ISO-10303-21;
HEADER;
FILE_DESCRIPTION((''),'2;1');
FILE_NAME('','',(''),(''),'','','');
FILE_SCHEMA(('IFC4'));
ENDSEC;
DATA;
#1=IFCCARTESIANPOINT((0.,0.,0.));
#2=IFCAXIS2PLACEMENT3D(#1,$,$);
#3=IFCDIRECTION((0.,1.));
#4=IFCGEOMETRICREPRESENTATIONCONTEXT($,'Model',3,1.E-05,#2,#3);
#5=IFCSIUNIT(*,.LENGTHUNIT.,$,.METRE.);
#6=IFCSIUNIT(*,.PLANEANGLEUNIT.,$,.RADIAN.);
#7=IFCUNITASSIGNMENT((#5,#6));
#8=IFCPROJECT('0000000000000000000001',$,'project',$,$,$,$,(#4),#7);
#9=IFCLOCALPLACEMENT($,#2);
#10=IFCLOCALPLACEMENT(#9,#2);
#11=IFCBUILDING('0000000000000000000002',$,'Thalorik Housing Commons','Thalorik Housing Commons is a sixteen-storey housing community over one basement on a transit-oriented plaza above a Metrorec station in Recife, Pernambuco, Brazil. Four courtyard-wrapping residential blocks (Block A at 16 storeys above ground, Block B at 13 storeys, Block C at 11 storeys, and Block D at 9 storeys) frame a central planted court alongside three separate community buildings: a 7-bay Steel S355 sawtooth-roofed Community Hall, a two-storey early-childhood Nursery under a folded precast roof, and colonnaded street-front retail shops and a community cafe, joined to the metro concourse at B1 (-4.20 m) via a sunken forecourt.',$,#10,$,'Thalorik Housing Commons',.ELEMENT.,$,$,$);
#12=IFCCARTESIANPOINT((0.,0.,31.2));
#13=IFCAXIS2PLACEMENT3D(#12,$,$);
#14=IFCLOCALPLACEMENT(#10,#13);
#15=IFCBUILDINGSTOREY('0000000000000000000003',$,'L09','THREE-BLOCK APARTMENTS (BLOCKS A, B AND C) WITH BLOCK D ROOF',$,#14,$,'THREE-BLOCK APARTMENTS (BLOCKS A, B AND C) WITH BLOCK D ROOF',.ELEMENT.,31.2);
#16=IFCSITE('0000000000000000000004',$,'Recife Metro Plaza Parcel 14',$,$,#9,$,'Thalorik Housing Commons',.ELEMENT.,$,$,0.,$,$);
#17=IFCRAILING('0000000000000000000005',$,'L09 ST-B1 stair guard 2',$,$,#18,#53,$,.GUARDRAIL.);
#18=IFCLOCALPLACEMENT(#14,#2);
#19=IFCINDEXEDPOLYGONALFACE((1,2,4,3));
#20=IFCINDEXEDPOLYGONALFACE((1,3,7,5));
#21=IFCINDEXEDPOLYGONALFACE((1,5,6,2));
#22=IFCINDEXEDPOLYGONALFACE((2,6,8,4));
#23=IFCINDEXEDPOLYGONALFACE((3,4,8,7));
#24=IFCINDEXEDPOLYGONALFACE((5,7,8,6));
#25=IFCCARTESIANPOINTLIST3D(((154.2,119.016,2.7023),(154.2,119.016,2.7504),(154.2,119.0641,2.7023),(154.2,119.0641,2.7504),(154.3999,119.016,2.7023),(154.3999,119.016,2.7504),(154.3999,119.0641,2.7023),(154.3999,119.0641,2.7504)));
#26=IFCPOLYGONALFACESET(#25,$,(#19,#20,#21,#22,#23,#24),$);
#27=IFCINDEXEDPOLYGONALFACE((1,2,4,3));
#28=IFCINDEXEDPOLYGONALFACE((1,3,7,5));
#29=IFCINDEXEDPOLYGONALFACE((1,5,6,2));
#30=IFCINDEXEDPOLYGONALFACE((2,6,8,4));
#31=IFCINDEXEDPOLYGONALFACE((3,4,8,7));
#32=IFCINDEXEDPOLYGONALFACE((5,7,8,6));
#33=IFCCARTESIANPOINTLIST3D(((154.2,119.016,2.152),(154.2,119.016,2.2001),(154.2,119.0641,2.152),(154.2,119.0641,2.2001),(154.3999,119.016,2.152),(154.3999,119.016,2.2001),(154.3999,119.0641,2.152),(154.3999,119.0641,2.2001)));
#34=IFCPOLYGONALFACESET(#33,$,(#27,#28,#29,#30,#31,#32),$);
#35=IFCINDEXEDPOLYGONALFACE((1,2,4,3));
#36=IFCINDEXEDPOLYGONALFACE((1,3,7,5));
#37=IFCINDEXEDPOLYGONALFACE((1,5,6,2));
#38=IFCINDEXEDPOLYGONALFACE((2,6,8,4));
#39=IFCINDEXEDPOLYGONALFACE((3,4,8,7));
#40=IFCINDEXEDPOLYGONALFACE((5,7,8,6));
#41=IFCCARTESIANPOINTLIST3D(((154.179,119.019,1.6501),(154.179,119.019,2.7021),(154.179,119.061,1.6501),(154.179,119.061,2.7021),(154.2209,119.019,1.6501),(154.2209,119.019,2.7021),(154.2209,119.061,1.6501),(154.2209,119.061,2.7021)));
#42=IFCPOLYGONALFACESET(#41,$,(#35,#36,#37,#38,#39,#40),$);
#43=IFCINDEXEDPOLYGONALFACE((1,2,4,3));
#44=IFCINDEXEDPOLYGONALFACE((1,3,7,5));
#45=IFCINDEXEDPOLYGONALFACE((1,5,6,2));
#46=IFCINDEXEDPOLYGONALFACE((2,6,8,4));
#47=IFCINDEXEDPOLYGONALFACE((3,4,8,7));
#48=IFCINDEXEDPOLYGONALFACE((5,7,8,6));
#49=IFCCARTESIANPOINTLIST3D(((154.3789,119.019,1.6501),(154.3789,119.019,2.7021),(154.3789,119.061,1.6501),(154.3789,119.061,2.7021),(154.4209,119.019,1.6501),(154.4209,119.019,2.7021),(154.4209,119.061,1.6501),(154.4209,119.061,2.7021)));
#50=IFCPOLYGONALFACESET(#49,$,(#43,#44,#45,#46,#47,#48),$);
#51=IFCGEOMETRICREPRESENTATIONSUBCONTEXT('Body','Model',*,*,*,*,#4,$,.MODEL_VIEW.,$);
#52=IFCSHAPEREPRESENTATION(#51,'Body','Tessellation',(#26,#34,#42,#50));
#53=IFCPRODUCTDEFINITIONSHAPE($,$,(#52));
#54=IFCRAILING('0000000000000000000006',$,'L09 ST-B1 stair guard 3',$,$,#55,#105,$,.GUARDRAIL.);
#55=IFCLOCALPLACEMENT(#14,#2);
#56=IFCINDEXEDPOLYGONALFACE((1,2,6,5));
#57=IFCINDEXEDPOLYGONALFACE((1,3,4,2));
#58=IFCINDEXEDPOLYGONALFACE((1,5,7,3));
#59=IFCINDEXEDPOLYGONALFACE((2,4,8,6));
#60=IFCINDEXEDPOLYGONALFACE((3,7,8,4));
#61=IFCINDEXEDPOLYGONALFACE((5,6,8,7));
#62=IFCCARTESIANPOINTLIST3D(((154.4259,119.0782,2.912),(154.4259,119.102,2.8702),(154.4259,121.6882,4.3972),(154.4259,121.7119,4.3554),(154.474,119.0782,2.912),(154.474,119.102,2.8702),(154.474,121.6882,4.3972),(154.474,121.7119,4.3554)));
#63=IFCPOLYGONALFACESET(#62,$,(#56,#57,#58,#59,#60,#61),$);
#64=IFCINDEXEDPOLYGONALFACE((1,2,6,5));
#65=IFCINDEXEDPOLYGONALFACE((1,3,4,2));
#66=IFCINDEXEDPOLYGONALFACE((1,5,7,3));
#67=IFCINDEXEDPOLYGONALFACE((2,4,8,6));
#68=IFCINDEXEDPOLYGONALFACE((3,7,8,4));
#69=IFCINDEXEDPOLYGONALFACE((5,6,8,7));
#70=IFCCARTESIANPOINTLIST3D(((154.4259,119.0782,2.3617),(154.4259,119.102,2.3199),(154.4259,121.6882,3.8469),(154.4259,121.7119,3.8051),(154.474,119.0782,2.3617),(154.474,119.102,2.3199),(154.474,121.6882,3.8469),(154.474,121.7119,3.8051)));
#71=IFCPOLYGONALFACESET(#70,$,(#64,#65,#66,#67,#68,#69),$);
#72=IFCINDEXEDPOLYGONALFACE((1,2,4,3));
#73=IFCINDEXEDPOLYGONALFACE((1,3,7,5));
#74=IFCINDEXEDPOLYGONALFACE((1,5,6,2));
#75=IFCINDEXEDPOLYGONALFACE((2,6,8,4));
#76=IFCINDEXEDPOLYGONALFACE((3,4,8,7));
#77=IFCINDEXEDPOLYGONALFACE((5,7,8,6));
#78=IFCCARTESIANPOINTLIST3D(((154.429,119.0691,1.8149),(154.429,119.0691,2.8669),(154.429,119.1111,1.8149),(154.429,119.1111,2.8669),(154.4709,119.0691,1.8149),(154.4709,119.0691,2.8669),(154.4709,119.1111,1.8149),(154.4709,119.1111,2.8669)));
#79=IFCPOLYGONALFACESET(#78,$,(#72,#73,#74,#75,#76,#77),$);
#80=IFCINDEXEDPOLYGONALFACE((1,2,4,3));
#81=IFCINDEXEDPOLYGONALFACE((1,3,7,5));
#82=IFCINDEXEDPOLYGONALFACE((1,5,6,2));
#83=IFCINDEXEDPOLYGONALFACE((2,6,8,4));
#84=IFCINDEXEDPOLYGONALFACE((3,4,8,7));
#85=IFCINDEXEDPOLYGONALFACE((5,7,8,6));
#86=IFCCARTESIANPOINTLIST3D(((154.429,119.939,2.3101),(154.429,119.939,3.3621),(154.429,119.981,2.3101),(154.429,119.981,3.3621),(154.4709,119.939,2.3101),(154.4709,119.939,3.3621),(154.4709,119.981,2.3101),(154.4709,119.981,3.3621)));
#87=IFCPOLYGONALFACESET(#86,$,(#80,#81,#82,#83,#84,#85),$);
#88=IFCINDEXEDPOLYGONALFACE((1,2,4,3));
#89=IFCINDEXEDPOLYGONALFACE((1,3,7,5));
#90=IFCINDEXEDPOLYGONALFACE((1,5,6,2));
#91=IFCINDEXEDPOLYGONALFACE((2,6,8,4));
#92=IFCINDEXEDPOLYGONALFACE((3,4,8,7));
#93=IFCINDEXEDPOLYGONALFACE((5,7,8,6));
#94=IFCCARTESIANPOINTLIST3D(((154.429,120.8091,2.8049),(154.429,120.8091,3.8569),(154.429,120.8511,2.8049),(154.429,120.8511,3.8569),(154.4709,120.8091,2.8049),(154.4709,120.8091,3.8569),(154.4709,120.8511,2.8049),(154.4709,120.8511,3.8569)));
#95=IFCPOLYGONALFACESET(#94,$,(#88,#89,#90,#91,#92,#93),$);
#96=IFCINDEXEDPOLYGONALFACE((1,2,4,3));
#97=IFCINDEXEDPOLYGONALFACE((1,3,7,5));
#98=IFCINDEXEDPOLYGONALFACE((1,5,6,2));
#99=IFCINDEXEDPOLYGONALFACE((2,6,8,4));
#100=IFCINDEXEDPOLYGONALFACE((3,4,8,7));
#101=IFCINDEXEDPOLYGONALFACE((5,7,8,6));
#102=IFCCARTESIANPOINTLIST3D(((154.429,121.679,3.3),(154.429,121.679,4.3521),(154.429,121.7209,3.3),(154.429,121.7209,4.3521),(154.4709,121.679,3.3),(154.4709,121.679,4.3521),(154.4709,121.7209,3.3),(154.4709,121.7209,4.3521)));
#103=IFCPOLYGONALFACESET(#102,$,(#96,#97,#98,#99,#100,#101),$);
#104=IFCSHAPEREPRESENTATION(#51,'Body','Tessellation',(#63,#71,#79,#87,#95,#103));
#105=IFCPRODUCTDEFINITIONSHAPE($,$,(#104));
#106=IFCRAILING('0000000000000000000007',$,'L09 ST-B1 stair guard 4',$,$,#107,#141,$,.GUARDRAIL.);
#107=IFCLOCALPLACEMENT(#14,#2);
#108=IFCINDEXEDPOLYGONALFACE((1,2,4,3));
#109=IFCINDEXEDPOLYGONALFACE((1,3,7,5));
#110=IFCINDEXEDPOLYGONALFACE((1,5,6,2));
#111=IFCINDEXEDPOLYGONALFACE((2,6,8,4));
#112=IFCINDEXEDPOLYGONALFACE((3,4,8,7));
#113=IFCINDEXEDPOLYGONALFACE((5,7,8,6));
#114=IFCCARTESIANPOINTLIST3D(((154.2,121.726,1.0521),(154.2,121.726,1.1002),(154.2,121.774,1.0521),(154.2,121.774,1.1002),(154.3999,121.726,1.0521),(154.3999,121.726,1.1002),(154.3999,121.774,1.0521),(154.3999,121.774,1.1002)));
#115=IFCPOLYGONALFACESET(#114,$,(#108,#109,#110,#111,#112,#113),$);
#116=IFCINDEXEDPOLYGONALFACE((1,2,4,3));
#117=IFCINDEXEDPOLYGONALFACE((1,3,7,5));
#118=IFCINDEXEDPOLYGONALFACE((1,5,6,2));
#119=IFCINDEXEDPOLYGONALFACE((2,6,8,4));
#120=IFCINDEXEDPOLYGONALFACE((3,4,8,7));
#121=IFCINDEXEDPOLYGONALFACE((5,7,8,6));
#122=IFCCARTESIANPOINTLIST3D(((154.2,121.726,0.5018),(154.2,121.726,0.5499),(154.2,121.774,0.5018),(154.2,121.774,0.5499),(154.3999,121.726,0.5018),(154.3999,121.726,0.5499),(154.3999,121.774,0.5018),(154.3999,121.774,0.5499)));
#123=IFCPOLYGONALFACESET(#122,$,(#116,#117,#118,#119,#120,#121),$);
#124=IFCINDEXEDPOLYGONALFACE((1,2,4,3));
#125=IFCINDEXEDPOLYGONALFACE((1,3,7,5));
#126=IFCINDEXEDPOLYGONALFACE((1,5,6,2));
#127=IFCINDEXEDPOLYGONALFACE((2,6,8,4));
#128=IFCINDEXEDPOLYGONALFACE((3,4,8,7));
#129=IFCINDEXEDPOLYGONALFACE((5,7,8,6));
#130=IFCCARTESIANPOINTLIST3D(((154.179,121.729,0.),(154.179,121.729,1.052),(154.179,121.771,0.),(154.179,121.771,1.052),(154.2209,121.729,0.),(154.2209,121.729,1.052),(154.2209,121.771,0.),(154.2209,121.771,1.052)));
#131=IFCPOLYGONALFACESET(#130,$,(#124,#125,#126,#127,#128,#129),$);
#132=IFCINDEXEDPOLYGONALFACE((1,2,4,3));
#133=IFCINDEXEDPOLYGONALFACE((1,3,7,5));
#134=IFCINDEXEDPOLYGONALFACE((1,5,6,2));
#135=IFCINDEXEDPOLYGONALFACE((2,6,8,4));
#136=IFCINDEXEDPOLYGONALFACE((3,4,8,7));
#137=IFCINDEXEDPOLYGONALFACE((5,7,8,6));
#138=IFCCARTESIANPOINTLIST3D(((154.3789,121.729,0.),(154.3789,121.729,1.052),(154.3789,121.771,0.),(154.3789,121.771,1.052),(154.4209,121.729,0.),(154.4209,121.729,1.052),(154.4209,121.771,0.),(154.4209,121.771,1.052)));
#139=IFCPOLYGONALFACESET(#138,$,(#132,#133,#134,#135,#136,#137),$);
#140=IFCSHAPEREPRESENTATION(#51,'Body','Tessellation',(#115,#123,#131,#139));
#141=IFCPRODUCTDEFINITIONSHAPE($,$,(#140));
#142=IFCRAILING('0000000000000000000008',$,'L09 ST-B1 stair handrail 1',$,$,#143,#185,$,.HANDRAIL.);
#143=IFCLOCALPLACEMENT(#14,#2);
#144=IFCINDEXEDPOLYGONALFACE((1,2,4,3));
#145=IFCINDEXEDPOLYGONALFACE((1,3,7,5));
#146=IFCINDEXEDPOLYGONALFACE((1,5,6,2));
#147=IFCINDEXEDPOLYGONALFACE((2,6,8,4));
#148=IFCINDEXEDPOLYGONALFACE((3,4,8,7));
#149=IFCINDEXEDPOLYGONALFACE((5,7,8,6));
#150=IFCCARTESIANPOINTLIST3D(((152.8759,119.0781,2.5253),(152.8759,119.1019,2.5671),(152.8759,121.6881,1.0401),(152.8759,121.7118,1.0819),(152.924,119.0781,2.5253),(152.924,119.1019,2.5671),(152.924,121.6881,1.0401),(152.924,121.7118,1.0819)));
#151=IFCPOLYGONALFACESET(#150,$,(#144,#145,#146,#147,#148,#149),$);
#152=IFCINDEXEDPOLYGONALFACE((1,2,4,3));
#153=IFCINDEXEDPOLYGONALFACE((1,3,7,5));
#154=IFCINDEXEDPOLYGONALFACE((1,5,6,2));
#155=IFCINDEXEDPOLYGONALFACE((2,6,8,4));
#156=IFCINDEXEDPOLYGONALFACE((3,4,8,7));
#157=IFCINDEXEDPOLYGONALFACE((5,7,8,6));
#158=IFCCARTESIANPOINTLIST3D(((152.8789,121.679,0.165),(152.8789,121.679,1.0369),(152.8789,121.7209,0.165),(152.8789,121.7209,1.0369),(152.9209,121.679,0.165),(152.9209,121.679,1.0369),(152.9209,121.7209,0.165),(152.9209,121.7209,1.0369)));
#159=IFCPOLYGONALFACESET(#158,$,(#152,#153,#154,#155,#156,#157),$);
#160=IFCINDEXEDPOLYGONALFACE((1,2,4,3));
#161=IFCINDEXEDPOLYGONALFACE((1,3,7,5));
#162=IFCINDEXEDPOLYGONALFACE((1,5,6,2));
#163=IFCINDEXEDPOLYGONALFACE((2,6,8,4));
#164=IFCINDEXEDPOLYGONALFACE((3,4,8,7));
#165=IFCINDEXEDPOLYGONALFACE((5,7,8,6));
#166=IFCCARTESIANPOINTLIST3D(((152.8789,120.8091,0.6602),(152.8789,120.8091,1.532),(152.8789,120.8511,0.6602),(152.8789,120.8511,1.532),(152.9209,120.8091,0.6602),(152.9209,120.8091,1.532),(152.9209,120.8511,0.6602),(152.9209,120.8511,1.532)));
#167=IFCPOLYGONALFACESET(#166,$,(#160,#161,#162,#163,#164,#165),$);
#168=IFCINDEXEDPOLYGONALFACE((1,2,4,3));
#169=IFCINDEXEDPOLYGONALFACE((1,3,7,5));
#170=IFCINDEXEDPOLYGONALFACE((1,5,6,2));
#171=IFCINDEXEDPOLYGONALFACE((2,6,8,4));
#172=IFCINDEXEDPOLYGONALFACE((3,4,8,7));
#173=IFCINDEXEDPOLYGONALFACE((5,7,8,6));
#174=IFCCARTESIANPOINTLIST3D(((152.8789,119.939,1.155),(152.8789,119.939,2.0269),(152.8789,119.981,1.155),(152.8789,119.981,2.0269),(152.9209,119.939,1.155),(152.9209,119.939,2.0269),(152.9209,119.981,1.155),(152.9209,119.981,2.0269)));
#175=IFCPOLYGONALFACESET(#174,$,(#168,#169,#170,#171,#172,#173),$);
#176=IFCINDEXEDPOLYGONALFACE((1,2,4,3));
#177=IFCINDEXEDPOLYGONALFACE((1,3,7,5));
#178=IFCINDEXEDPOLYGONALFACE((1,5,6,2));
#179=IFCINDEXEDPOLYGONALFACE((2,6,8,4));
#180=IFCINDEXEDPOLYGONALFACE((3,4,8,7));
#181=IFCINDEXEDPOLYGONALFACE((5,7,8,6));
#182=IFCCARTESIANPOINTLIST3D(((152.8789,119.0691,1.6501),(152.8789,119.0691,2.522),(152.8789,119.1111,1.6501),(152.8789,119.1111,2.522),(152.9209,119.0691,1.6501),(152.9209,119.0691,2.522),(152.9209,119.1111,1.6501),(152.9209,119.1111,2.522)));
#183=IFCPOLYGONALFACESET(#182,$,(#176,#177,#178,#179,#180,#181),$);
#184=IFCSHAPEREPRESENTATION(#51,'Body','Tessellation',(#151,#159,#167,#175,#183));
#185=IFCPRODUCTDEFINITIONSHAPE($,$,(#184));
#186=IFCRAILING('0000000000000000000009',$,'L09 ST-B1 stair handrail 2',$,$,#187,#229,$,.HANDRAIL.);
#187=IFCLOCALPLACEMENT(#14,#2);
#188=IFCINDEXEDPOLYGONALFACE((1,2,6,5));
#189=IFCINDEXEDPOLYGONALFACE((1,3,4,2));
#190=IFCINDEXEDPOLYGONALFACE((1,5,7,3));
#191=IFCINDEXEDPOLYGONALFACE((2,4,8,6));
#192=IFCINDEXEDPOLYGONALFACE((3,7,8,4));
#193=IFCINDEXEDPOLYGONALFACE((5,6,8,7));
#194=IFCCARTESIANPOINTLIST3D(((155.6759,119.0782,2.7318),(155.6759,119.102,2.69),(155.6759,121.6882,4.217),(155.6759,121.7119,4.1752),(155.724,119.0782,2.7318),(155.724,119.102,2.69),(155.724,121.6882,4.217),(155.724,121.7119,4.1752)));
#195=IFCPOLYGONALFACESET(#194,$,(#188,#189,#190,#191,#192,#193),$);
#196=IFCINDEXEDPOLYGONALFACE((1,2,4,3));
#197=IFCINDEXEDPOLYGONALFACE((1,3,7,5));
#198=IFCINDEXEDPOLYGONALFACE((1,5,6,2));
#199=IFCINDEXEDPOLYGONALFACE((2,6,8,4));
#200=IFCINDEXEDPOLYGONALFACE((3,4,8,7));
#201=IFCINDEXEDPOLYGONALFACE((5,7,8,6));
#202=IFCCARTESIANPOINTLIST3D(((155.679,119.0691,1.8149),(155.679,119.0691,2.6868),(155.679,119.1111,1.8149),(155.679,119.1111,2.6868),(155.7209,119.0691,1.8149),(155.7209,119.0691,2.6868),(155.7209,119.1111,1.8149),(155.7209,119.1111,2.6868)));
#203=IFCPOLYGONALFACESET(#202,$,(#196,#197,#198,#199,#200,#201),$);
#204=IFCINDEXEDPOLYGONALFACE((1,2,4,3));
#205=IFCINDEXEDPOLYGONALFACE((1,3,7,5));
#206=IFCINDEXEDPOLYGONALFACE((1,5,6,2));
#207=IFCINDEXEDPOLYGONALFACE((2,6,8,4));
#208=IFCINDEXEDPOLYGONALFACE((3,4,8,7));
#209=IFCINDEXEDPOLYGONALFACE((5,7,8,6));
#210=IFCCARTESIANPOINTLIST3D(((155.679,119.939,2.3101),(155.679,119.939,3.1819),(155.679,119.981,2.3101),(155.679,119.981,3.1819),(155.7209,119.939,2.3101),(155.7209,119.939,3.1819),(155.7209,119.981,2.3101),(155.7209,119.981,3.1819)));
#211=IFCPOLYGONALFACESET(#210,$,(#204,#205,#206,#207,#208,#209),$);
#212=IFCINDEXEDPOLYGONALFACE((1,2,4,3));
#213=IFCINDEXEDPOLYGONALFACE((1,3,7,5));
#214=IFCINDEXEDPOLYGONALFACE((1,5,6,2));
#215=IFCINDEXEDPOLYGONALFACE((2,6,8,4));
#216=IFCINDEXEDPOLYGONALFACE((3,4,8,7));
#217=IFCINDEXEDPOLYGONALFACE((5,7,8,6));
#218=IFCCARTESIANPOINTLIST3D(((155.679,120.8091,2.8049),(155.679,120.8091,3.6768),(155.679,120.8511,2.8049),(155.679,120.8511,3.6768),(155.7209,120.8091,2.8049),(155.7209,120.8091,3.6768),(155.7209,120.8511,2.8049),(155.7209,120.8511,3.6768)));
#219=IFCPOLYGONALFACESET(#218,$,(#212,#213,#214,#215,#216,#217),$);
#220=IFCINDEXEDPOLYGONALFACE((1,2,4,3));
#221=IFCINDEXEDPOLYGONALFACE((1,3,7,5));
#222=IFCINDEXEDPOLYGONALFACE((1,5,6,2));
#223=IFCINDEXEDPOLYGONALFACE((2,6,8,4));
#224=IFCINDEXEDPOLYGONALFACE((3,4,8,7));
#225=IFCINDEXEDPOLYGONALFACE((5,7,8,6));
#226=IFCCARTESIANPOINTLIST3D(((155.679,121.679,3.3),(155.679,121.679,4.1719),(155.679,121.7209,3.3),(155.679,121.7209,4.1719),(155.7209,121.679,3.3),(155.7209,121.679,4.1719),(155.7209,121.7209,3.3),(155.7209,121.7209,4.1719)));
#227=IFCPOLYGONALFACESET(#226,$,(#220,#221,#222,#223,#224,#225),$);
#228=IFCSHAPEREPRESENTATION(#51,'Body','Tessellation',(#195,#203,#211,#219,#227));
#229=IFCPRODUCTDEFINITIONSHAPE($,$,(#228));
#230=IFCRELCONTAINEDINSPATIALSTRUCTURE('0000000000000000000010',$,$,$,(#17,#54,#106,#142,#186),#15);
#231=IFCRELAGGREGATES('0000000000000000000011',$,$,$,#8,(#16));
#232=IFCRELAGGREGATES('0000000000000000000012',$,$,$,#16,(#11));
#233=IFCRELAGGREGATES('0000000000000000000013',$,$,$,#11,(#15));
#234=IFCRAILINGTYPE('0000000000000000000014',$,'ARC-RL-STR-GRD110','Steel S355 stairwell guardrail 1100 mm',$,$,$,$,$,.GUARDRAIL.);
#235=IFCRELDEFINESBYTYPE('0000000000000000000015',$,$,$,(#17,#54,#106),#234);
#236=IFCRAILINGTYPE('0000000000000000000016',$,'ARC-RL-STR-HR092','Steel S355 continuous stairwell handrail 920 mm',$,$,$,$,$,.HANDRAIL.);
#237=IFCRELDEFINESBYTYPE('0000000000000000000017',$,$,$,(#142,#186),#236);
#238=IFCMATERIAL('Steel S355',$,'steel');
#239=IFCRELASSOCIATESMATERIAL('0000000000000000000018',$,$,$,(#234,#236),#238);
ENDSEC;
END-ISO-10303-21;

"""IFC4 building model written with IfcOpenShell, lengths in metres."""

from ifc_helpers import new_model, si_unit, direction, frame, origin, origin_2d, place, context, subcontext, project, spatial, rectangle, extrude, material, type_object, element, save


model = new_model("IFC4")

# Units and contexts
model_context = context("Model", 3, precision=1e-05, world=origin(), true_north=direction((0.0, 1.0)))
body_context = subcontext(model_context, "Body", "Model", "MODEL_VIEW")
ifc_project = project(units=[si_unit("LENGTHUNIT", "METRE"), si_unit("PLANEANGLEUNIT", "RADIAN")], contexts=[model_context])

# Site, building, storey
site_placement = place(None, origin())
site = spatial("IfcSite", under=ifc_project, at=site_placement, Name="Recife Metro Plaza Parcel 14", LongName="Thalorik Housing Commons", CompositionType="ELEMENT", RefElevation=0.0)
building_placement = place(site_placement, origin())
building = spatial("IfcBuilding", under=site, at=building_placement, Name="Thalorik Housing Commons", Description="Thalorik Housing Commons is a sixteen-storey housing community over one basement on a transit-oriented plaza above a Metrorec station in Recife, Pernambuco, Brazil. Four courtyard-wrapping residential blocks (Block A at 16 storeys above ground, Block B at 13 storeys, Block C at 11 storeys, and Block D at 9 storeys) frame a central planted court alongside three separate community buildings: a 7-bay Steel S355 sawtooth-roofed Community Hall, a two-storey early-childhood Nursery under a folded precast roof, and colonnaded street-front retail shops and a community cafe, joined to the metro concourse at B1 (-4.20 m) via a sunken forecourt.", LongName="Thalorik Housing Commons", CompositionType="ELEMENT")
storey_placement = place(building_placement, frame((0.0, 0.0, 31.2)))
storey = spatial("IfcBuildingStorey", under=building, at=storey_placement, Name="L09", Description="THREE-BLOCK APARTMENTS (BLOCKS A, B AND C) WITH BLOCK D ROOF", LongName="THREE-BLOCK APARTMENTS (BLOCKS A, B AND C) WITH BLOCK D ROOF", CompositionType="ELEMENT", Elevation=31.2)

# Shared definitions
ifc_material_1 = material(Name="Steel S355", Category="steel")

# Railings
railing_type_1 = type_object("IfcRailingType", Name="ARC-RL-STR-GRD110", Description="Steel S355 stairwell guardrail 1100 mm", PredefinedType="GUARDRAIL", material=ifc_material_1)
railing_1_placement = place(storey_placement, frame((154.2, 119.04, 1.6501)))
element("IfcRailing", 1, at=railing_1_placement, inside=storey, type_object=railing_type_1, Name="L09 ST-B1 stair guard 2", PredefinedType="GUARDRAIL", context=body_context, shape_type="SweptSolid", body=[
    extrude(rectangle(XDim=0.0481, YDim=0.0481, at=origin_2d()), frame((0.0, 0.0, 1.0762), z_axis=(1.0, 0.0, 0.0), x_axis=(0.0, 1.0, 0.0)), (0.0, 0.0, 1.0), 0.2),
    extrude(rectangle(XDim=0.0481, YDim=0.0481, at=origin_2d()), frame((0.0, 0.0, 0.5259), z_axis=(1.0, 0.0, 0.0), x_axis=(0.0, 1.0, 0.0)), (0.0, 0.0, 1.0), 0.2),
    extrude(rectangle(XDim=0.042, YDim=0.042, at=origin_2d()), origin(), (0.0, 0.0, 1.0), 1.052),
    extrude(rectangle(XDim=0.042, YDim=0.042, at=origin_2d()), frame((0.2, 0.0, 0.0)), (0.0, 0.0, 1.0), 1.052),
])
railing_2_placement = place(storey_placement, frame((154.45, 119.0901, 1.8149)))
element("IfcRailing", 2, at=railing_2_placement, inside=storey, type_object=railing_type_1, Name="L09 ST-B1 stair guard 3", PredefinedType="GUARDRAIL", context=body_context, shape_type="SweptSolid", body=[
    extrude(rectangle(XDim=0.0481, YDim=0.0481, at=origin_2d()), frame((0.0, 0.0, 1.0762), z_axis=(0.0, 0.869137, 0.494571), x_axis=(-1.0, 0.0, 0.0)), (0.0, 0.0, 1.0), 3.0029),
    extrude(rectangle(XDim=0.0481, YDim=0.0481, at=origin_2d()), frame((0.0, 0.0, 0.5259), z_axis=(0.0, 0.869137, 0.494571), x_axis=(-1.0, 0.0, 0.0)), (0.0, 0.0, 1.0), 3.0029),
    extrude(rectangle(XDim=0.042, YDim=0.042, at=origin_2d()), origin(), (0.0, 0.0, 1.0), 1.052),
    extrude(rectangle(XDim=0.042, YDim=0.042, at=origin_2d()), frame((0.0, 0.8699, 0.4951)), (0.0, 0.0, 1.0), 1.052),
    extrude(rectangle(XDim=0.042, YDim=0.042, at=origin_2d()), frame((0.0, 1.74, 0.99)), (0.0, 0.0, 1.0), 1.052),
    extrude(rectangle(XDim=0.042, YDim=0.042, at=origin_2d()), frame((0.0, 2.6099, 1.4851)), (0.0, 0.0, 1.0), 1.052),
])
railing_3_placement = place(storey_placement, frame((154.2, 121.75, 0.0)))
element("IfcRailing", 3, at=railing_3_placement, inside=storey, type_object=railing_type_1, Name="L09 ST-B1 stair guard 4", PredefinedType="GUARDRAIL", context=body_context, shape_type="SweptSolid", body=[
    extrude(rectangle(XDim=0.0481, YDim=0.0481, at=origin_2d()), frame((0.0, 0.0, 1.0762), z_axis=(1.0, 0.0, 0.0), x_axis=(0.0, 1.0, 0.0)), (0.0, 0.0, 1.0), 0.2),
    extrude(rectangle(XDim=0.0481, YDim=0.0481, at=origin_2d()), frame((0.0, 0.0, 0.5259), z_axis=(1.0, 0.0, 0.0), x_axis=(0.0, 1.0, 0.0)), (0.0, 0.0, 1.0), 0.2),
    extrude(rectangle(XDim=0.042, YDim=0.042, at=origin_2d()), origin(), (0.0, 0.0, 1.0), 1.052),
    extrude(rectangle(XDim=0.042, YDim=0.042, at=origin_2d()), frame((0.2, 0.0, 0.0)), (0.0, 0.0, 1.0), 1.052),
])
railing_type_2 = type_object("IfcRailingType", Name="ARC-RL-STR-HR092", Description="Steel S355 continuous stairwell handrail 920 mm", PredefinedType="HANDRAIL", material=ifc_material_1)
railing_4_placement = place(storey_placement, frame((152.8999, 121.7, 0.165)))
element("IfcRailing", 4, at=railing_4_placement, inside=storey, type_object=railing_type_2, Name="L09 ST-B1 stair handrail 1", PredefinedType="HANDRAIL", context=body_context, shape_type="SweptSolid", body=[
    extrude(rectangle(XDim=0.0481, YDim=0.0481, at=origin_2d()), frame((0.0, 0.0, 0.896), z_axis=(0.0, -0.869137, 0.494571), x_axis=(1.0, 0.0, 0.0)), (0.0, 0.0, 1.0), 3.0029),
    extrude(rectangle(XDim=0.042, YDim=0.042, at=origin_2d()), origin(), (0.0, 0.0, 1.0), 0.8718),
    extrude(rectangle(XDim=0.042, YDim=0.042, at=origin_2d()), frame((0.0, -0.8699, 0.4951)), (0.0, 0.0, 1.0), 0.8718),
    extrude(rectangle(XDim=0.042, YDim=0.042, at=origin_2d()), frame((0.0, -1.74, 0.99)), (0.0, 0.0, 1.0), 0.8718),
    extrude(rectangle(XDim=0.042, YDim=0.042, at=origin_2d()), frame((0.0, -2.6099, 1.4851)), (0.0, 0.0, 1.0), 0.8718),
])
railing_5_placement = place(storey_placement, frame((155.7, 119.0901, 1.8149)))
element("IfcRailing", 5, at=railing_5_placement, inside=storey, type_object=railing_type_2, Name="L09 ST-B1 stair handrail 2", PredefinedType="HANDRAIL", context=body_context, shape_type="SweptSolid", body=[
    extrude(rectangle(XDim=0.0481, YDim=0.0481, at=origin_2d()), frame((0.0, 0.0, 0.896), z_axis=(0.0, 0.869137, 0.494571), x_axis=(-1.0, 0.0, 0.0)), (0.0, 0.0, 1.0), 3.0029),
    extrude(rectangle(XDim=0.042, YDim=0.042, at=origin_2d()), origin(), (0.0, 0.0, 1.0), 0.8718),
    extrude(rectangle(XDim=0.042, YDim=0.042, at=origin_2d()), frame((0.0, 0.8699, 0.4951)), (0.0, 0.0, 1.0), 0.8718),
    extrude(rectangle(XDim=0.042, YDim=0.042, at=origin_2d()), frame((0.0, 1.74, 0.99)), (0.0, 0.0, 1.0), 0.8718),
    extrude(rectangle(XDim=0.042, YDim=0.042, at=origin_2d()), frame((0.0, 2.6099, 1.4851)), (0.0, 0.0, 1.0), 0.8718),
])

save(model, "model.ifc")
